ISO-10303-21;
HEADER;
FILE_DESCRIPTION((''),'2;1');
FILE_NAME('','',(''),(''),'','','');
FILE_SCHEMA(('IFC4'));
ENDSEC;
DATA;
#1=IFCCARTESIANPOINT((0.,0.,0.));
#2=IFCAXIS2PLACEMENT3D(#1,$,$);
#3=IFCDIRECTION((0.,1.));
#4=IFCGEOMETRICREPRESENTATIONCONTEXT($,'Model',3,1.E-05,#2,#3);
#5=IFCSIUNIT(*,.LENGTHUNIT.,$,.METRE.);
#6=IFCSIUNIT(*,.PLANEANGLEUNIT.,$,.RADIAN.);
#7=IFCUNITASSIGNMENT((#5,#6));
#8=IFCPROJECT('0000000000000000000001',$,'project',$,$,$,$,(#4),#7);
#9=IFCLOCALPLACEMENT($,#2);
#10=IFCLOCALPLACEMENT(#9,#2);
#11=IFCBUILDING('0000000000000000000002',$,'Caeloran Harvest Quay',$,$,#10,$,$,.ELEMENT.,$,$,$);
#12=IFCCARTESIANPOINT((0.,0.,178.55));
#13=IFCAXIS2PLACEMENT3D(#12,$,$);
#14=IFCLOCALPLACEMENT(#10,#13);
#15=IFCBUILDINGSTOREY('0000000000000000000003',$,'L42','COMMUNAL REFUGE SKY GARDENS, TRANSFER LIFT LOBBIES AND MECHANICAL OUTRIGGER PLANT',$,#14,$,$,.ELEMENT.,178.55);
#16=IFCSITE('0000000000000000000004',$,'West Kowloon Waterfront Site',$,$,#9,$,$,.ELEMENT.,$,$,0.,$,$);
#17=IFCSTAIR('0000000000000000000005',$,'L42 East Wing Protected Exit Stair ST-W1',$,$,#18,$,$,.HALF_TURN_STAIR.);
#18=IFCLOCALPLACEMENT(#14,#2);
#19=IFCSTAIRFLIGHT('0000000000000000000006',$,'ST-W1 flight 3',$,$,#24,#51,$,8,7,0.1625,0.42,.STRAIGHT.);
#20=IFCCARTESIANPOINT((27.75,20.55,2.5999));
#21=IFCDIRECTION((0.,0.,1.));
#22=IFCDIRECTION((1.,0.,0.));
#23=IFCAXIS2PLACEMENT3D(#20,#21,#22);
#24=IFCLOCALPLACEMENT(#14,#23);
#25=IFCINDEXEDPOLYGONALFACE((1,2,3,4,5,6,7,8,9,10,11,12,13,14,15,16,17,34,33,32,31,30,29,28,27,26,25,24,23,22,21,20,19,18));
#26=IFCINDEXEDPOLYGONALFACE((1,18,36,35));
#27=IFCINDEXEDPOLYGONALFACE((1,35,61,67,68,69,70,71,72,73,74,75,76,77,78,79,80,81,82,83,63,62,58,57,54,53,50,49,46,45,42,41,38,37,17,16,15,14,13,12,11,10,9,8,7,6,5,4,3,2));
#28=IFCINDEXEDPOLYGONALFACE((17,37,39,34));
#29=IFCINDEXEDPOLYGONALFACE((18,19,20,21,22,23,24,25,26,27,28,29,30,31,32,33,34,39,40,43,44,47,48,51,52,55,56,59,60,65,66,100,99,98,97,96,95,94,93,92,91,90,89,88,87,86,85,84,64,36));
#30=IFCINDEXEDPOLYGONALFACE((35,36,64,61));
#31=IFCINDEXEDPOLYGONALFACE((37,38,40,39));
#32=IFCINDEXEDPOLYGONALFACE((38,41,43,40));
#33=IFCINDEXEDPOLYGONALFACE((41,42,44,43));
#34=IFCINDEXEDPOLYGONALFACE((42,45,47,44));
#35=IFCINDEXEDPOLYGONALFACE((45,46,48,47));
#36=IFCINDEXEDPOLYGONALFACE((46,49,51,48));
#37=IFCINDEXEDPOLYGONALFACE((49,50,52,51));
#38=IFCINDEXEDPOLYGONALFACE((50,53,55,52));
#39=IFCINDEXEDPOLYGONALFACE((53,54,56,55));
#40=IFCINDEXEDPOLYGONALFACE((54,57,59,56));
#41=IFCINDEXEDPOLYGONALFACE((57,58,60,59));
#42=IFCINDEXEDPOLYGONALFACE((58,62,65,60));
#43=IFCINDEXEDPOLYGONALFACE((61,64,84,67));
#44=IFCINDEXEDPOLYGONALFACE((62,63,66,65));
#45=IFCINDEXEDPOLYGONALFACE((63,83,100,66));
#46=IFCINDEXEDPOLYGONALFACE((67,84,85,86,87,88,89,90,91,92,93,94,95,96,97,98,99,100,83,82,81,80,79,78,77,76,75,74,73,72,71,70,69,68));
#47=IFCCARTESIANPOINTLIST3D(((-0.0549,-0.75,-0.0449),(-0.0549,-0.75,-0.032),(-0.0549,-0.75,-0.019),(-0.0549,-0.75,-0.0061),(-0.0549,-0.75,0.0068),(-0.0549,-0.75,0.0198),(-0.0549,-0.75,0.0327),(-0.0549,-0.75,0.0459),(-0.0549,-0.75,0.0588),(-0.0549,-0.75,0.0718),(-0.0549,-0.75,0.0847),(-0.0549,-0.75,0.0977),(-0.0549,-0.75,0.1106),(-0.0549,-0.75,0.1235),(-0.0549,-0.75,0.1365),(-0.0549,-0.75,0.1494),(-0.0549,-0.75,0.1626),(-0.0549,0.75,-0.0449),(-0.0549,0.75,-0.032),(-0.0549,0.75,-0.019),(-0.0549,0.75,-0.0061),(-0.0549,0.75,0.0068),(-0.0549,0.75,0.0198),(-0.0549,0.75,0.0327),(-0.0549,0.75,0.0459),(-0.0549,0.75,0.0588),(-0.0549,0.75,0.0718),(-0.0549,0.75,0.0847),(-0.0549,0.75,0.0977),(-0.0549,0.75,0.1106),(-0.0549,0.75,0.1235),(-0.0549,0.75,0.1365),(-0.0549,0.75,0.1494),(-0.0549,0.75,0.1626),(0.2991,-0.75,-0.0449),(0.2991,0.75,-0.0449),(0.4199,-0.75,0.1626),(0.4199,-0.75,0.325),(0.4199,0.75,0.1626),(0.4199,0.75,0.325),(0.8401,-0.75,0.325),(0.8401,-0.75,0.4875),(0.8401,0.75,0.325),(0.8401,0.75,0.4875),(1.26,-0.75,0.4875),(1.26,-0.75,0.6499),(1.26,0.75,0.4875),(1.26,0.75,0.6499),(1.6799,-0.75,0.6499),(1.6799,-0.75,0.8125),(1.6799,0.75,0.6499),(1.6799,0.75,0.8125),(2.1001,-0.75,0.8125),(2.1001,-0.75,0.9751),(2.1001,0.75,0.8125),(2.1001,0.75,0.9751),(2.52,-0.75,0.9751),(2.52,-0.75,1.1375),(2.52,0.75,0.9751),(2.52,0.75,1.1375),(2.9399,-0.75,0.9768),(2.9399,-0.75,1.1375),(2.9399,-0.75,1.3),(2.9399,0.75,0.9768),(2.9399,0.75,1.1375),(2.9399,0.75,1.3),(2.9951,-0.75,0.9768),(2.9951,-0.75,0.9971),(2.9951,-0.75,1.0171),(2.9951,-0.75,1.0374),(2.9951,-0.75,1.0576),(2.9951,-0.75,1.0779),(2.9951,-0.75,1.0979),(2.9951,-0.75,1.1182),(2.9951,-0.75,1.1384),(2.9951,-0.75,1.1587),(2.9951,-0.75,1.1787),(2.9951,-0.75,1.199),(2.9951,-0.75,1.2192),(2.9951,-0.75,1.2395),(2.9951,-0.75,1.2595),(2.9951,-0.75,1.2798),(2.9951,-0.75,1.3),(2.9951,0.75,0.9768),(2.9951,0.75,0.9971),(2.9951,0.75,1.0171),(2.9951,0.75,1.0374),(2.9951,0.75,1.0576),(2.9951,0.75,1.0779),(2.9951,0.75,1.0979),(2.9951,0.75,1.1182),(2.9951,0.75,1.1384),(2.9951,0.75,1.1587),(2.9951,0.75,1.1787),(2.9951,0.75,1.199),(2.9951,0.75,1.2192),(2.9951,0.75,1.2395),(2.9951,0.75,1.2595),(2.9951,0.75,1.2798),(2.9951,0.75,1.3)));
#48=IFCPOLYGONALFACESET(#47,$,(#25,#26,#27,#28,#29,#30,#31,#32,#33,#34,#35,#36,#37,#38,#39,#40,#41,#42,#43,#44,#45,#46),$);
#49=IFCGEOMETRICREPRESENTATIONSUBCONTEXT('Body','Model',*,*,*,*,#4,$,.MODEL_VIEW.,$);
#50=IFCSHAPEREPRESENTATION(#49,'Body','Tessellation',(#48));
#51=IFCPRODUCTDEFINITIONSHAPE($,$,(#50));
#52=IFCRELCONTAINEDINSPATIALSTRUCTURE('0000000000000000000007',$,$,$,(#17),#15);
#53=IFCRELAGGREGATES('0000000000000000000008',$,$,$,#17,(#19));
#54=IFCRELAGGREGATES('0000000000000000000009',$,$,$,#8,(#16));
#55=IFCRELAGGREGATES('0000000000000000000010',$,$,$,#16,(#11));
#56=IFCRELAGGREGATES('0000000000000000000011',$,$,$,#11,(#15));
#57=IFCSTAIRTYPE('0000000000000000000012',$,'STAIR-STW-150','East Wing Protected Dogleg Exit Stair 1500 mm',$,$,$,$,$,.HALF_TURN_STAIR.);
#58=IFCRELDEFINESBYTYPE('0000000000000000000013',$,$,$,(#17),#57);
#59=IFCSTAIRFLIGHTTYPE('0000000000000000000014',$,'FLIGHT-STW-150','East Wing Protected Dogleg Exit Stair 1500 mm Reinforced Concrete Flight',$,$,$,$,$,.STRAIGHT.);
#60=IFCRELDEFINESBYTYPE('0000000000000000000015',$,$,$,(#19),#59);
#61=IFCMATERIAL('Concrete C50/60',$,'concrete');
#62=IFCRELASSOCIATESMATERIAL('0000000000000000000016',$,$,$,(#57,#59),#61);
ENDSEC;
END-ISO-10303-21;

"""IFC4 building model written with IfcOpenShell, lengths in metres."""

from ifc_helpers import new_model, si_unit, direction, frame, origin, place, context, subcontext, project, spatial, polyline, outline, extrude, material, type_object, element, aggregate, save


model = new_model("IFC4")

# Units and contexts
model_context = context("Model", 3, precision=1e-05, world=origin(), true_north=direction((0.0, 1.0)))
body_context = subcontext(model_context, "Body", "Model", "MODEL_VIEW")
ifc_project = project(units=[si_unit("LENGTHUNIT", "METRE"), si_unit("PLANEANGLEUNIT", "RADIAN")], contexts=[model_context])

# Site, building, storey
site_placement = place(None, origin())
site = spatial("IfcSite", under=ifc_project, at=site_placement, Name="West Kowloon Waterfront Site", CompositionType="ELEMENT", RefElevation=0.0)
building_placement = place(site_placement, origin())
building = spatial("IfcBuilding", under=site, at=building_placement, Name="Caeloran Harvest Quay", CompositionType="ELEMENT")
storey_placement = place(building_placement, frame((0.0, 0.0, 178.55)))
storey = spatial("IfcBuildingStorey", under=building, at=storey_placement, Name="L42", Description="COMMUNAL REFUGE SKY GARDENS, TRANSFER LIFT LOBBIES AND MECHANICAL OUTRIGGER PLANT", CompositionType="ELEMENT", Elevation=178.55)

# Stair, stair flight
ifc_material_1 = material(Name="Concrete C50/60", Category="concrete")
stair_type = type_object("IfcStairType", Name="STAIR-STW-150", Description="East Wing Protected Dogleg Exit Stair 1500 mm", PredefinedType="HALF_TURN_STAIR", material=ifc_material_1)
stair_placement = place(storey_placement, origin())
stair = element("IfcStair", 1, at=stair_placement, inside=storey, type_object=stair_type, Name="L42 East Wing Protected Exit Stair ST-W1", PredefinedType="HALF_TURN_STAIR")
stair_flight_type = type_object("IfcStairFlightType", Name="FLIGHT-STW-150", Description="East Wing Protected Dogleg Exit Stair 1500 mm Reinforced Concrete Flight", PredefinedType="STRAIGHT", material=ifc_material_1)
stair_flight_1_placement = place(storey_placement, frame((27.75, 20.55, 2.5999), z_axis=(0.0, 0.0, 1.0), x_axis=(1.0, 0.0, 0.0)))
stair_flight_1 = element("IfcStairFlight", 2, at=stair_flight_1_placement, type_object=stair_flight_type, Name="ST-W1 flight 3", NumberOfRisers=8, NumberOfTreads=7, PredefinedType="STRAIGHT", RiserHeight=0.1625, TreadLength=0.42, context=body_context, shape_type="SweptSolid", body=[
    extrude(outline(polyline([(-0.0549, -0.0449), (-0.0549, -0.032), (-0.0549, -0.019), (-0.0549, -0.0061), (-0.0549, 0.0068), (-0.0549, 0.0198), (-0.0549, 0.0327), (-0.0549, 0.0459), (-0.0549, 0.0588), (-0.0549, 0.0718), (-0.0549, 0.0847), (-0.0549, 0.0977), (-0.0549, 0.1106), (-0.0549, 0.1235), (-0.0549, 0.1365), (-0.0549, 0.1494), (-0.0549, 0.1626), (0.4199, 0.1626), (0.4199, 0.325), (0.8401, 0.325), (0.8401, 0.4875), (1.26, 0.4875), (1.26, 0.6499), (1.6799, 0.6499), (1.6799, 0.8125), (2.1001, 0.8125), (2.1001, 0.9751), (2.52, 0.9751), (2.52, 1.1375), (2.9399, 1.1375), (2.9399, 1.3), (2.9951, 1.3), (2.9951, 1.2798), (2.9951, 1.2595), (2.9951, 1.2395), (2.9951, 1.2192), (2.9951, 1.199), (2.9951, 1.1787), (2.9951, 1.1587), (2.9951, 1.1384), (2.9951, 1.1182), (2.9951, 1.0979), (2.9951, 1.0779), (2.9951, 1.0576), (2.9951, 1.0374), (2.9951, 1.0171), (2.9951, 0.9971), (2.9951, 0.9768), (2.9399, 0.9768), (0.2991, -0.0449), (-0.0549, -0.0449)])), frame((0.0, 0.75, 0.0), z_axis=(0.0, -1.0, 0.0), x_axis=(1.0, 0.0, 0.0)), (0.0, 0.0, 1.0), 1.5),
])
aggregate(stair, [stair_flight_1])

save(model, "model.ifc")
